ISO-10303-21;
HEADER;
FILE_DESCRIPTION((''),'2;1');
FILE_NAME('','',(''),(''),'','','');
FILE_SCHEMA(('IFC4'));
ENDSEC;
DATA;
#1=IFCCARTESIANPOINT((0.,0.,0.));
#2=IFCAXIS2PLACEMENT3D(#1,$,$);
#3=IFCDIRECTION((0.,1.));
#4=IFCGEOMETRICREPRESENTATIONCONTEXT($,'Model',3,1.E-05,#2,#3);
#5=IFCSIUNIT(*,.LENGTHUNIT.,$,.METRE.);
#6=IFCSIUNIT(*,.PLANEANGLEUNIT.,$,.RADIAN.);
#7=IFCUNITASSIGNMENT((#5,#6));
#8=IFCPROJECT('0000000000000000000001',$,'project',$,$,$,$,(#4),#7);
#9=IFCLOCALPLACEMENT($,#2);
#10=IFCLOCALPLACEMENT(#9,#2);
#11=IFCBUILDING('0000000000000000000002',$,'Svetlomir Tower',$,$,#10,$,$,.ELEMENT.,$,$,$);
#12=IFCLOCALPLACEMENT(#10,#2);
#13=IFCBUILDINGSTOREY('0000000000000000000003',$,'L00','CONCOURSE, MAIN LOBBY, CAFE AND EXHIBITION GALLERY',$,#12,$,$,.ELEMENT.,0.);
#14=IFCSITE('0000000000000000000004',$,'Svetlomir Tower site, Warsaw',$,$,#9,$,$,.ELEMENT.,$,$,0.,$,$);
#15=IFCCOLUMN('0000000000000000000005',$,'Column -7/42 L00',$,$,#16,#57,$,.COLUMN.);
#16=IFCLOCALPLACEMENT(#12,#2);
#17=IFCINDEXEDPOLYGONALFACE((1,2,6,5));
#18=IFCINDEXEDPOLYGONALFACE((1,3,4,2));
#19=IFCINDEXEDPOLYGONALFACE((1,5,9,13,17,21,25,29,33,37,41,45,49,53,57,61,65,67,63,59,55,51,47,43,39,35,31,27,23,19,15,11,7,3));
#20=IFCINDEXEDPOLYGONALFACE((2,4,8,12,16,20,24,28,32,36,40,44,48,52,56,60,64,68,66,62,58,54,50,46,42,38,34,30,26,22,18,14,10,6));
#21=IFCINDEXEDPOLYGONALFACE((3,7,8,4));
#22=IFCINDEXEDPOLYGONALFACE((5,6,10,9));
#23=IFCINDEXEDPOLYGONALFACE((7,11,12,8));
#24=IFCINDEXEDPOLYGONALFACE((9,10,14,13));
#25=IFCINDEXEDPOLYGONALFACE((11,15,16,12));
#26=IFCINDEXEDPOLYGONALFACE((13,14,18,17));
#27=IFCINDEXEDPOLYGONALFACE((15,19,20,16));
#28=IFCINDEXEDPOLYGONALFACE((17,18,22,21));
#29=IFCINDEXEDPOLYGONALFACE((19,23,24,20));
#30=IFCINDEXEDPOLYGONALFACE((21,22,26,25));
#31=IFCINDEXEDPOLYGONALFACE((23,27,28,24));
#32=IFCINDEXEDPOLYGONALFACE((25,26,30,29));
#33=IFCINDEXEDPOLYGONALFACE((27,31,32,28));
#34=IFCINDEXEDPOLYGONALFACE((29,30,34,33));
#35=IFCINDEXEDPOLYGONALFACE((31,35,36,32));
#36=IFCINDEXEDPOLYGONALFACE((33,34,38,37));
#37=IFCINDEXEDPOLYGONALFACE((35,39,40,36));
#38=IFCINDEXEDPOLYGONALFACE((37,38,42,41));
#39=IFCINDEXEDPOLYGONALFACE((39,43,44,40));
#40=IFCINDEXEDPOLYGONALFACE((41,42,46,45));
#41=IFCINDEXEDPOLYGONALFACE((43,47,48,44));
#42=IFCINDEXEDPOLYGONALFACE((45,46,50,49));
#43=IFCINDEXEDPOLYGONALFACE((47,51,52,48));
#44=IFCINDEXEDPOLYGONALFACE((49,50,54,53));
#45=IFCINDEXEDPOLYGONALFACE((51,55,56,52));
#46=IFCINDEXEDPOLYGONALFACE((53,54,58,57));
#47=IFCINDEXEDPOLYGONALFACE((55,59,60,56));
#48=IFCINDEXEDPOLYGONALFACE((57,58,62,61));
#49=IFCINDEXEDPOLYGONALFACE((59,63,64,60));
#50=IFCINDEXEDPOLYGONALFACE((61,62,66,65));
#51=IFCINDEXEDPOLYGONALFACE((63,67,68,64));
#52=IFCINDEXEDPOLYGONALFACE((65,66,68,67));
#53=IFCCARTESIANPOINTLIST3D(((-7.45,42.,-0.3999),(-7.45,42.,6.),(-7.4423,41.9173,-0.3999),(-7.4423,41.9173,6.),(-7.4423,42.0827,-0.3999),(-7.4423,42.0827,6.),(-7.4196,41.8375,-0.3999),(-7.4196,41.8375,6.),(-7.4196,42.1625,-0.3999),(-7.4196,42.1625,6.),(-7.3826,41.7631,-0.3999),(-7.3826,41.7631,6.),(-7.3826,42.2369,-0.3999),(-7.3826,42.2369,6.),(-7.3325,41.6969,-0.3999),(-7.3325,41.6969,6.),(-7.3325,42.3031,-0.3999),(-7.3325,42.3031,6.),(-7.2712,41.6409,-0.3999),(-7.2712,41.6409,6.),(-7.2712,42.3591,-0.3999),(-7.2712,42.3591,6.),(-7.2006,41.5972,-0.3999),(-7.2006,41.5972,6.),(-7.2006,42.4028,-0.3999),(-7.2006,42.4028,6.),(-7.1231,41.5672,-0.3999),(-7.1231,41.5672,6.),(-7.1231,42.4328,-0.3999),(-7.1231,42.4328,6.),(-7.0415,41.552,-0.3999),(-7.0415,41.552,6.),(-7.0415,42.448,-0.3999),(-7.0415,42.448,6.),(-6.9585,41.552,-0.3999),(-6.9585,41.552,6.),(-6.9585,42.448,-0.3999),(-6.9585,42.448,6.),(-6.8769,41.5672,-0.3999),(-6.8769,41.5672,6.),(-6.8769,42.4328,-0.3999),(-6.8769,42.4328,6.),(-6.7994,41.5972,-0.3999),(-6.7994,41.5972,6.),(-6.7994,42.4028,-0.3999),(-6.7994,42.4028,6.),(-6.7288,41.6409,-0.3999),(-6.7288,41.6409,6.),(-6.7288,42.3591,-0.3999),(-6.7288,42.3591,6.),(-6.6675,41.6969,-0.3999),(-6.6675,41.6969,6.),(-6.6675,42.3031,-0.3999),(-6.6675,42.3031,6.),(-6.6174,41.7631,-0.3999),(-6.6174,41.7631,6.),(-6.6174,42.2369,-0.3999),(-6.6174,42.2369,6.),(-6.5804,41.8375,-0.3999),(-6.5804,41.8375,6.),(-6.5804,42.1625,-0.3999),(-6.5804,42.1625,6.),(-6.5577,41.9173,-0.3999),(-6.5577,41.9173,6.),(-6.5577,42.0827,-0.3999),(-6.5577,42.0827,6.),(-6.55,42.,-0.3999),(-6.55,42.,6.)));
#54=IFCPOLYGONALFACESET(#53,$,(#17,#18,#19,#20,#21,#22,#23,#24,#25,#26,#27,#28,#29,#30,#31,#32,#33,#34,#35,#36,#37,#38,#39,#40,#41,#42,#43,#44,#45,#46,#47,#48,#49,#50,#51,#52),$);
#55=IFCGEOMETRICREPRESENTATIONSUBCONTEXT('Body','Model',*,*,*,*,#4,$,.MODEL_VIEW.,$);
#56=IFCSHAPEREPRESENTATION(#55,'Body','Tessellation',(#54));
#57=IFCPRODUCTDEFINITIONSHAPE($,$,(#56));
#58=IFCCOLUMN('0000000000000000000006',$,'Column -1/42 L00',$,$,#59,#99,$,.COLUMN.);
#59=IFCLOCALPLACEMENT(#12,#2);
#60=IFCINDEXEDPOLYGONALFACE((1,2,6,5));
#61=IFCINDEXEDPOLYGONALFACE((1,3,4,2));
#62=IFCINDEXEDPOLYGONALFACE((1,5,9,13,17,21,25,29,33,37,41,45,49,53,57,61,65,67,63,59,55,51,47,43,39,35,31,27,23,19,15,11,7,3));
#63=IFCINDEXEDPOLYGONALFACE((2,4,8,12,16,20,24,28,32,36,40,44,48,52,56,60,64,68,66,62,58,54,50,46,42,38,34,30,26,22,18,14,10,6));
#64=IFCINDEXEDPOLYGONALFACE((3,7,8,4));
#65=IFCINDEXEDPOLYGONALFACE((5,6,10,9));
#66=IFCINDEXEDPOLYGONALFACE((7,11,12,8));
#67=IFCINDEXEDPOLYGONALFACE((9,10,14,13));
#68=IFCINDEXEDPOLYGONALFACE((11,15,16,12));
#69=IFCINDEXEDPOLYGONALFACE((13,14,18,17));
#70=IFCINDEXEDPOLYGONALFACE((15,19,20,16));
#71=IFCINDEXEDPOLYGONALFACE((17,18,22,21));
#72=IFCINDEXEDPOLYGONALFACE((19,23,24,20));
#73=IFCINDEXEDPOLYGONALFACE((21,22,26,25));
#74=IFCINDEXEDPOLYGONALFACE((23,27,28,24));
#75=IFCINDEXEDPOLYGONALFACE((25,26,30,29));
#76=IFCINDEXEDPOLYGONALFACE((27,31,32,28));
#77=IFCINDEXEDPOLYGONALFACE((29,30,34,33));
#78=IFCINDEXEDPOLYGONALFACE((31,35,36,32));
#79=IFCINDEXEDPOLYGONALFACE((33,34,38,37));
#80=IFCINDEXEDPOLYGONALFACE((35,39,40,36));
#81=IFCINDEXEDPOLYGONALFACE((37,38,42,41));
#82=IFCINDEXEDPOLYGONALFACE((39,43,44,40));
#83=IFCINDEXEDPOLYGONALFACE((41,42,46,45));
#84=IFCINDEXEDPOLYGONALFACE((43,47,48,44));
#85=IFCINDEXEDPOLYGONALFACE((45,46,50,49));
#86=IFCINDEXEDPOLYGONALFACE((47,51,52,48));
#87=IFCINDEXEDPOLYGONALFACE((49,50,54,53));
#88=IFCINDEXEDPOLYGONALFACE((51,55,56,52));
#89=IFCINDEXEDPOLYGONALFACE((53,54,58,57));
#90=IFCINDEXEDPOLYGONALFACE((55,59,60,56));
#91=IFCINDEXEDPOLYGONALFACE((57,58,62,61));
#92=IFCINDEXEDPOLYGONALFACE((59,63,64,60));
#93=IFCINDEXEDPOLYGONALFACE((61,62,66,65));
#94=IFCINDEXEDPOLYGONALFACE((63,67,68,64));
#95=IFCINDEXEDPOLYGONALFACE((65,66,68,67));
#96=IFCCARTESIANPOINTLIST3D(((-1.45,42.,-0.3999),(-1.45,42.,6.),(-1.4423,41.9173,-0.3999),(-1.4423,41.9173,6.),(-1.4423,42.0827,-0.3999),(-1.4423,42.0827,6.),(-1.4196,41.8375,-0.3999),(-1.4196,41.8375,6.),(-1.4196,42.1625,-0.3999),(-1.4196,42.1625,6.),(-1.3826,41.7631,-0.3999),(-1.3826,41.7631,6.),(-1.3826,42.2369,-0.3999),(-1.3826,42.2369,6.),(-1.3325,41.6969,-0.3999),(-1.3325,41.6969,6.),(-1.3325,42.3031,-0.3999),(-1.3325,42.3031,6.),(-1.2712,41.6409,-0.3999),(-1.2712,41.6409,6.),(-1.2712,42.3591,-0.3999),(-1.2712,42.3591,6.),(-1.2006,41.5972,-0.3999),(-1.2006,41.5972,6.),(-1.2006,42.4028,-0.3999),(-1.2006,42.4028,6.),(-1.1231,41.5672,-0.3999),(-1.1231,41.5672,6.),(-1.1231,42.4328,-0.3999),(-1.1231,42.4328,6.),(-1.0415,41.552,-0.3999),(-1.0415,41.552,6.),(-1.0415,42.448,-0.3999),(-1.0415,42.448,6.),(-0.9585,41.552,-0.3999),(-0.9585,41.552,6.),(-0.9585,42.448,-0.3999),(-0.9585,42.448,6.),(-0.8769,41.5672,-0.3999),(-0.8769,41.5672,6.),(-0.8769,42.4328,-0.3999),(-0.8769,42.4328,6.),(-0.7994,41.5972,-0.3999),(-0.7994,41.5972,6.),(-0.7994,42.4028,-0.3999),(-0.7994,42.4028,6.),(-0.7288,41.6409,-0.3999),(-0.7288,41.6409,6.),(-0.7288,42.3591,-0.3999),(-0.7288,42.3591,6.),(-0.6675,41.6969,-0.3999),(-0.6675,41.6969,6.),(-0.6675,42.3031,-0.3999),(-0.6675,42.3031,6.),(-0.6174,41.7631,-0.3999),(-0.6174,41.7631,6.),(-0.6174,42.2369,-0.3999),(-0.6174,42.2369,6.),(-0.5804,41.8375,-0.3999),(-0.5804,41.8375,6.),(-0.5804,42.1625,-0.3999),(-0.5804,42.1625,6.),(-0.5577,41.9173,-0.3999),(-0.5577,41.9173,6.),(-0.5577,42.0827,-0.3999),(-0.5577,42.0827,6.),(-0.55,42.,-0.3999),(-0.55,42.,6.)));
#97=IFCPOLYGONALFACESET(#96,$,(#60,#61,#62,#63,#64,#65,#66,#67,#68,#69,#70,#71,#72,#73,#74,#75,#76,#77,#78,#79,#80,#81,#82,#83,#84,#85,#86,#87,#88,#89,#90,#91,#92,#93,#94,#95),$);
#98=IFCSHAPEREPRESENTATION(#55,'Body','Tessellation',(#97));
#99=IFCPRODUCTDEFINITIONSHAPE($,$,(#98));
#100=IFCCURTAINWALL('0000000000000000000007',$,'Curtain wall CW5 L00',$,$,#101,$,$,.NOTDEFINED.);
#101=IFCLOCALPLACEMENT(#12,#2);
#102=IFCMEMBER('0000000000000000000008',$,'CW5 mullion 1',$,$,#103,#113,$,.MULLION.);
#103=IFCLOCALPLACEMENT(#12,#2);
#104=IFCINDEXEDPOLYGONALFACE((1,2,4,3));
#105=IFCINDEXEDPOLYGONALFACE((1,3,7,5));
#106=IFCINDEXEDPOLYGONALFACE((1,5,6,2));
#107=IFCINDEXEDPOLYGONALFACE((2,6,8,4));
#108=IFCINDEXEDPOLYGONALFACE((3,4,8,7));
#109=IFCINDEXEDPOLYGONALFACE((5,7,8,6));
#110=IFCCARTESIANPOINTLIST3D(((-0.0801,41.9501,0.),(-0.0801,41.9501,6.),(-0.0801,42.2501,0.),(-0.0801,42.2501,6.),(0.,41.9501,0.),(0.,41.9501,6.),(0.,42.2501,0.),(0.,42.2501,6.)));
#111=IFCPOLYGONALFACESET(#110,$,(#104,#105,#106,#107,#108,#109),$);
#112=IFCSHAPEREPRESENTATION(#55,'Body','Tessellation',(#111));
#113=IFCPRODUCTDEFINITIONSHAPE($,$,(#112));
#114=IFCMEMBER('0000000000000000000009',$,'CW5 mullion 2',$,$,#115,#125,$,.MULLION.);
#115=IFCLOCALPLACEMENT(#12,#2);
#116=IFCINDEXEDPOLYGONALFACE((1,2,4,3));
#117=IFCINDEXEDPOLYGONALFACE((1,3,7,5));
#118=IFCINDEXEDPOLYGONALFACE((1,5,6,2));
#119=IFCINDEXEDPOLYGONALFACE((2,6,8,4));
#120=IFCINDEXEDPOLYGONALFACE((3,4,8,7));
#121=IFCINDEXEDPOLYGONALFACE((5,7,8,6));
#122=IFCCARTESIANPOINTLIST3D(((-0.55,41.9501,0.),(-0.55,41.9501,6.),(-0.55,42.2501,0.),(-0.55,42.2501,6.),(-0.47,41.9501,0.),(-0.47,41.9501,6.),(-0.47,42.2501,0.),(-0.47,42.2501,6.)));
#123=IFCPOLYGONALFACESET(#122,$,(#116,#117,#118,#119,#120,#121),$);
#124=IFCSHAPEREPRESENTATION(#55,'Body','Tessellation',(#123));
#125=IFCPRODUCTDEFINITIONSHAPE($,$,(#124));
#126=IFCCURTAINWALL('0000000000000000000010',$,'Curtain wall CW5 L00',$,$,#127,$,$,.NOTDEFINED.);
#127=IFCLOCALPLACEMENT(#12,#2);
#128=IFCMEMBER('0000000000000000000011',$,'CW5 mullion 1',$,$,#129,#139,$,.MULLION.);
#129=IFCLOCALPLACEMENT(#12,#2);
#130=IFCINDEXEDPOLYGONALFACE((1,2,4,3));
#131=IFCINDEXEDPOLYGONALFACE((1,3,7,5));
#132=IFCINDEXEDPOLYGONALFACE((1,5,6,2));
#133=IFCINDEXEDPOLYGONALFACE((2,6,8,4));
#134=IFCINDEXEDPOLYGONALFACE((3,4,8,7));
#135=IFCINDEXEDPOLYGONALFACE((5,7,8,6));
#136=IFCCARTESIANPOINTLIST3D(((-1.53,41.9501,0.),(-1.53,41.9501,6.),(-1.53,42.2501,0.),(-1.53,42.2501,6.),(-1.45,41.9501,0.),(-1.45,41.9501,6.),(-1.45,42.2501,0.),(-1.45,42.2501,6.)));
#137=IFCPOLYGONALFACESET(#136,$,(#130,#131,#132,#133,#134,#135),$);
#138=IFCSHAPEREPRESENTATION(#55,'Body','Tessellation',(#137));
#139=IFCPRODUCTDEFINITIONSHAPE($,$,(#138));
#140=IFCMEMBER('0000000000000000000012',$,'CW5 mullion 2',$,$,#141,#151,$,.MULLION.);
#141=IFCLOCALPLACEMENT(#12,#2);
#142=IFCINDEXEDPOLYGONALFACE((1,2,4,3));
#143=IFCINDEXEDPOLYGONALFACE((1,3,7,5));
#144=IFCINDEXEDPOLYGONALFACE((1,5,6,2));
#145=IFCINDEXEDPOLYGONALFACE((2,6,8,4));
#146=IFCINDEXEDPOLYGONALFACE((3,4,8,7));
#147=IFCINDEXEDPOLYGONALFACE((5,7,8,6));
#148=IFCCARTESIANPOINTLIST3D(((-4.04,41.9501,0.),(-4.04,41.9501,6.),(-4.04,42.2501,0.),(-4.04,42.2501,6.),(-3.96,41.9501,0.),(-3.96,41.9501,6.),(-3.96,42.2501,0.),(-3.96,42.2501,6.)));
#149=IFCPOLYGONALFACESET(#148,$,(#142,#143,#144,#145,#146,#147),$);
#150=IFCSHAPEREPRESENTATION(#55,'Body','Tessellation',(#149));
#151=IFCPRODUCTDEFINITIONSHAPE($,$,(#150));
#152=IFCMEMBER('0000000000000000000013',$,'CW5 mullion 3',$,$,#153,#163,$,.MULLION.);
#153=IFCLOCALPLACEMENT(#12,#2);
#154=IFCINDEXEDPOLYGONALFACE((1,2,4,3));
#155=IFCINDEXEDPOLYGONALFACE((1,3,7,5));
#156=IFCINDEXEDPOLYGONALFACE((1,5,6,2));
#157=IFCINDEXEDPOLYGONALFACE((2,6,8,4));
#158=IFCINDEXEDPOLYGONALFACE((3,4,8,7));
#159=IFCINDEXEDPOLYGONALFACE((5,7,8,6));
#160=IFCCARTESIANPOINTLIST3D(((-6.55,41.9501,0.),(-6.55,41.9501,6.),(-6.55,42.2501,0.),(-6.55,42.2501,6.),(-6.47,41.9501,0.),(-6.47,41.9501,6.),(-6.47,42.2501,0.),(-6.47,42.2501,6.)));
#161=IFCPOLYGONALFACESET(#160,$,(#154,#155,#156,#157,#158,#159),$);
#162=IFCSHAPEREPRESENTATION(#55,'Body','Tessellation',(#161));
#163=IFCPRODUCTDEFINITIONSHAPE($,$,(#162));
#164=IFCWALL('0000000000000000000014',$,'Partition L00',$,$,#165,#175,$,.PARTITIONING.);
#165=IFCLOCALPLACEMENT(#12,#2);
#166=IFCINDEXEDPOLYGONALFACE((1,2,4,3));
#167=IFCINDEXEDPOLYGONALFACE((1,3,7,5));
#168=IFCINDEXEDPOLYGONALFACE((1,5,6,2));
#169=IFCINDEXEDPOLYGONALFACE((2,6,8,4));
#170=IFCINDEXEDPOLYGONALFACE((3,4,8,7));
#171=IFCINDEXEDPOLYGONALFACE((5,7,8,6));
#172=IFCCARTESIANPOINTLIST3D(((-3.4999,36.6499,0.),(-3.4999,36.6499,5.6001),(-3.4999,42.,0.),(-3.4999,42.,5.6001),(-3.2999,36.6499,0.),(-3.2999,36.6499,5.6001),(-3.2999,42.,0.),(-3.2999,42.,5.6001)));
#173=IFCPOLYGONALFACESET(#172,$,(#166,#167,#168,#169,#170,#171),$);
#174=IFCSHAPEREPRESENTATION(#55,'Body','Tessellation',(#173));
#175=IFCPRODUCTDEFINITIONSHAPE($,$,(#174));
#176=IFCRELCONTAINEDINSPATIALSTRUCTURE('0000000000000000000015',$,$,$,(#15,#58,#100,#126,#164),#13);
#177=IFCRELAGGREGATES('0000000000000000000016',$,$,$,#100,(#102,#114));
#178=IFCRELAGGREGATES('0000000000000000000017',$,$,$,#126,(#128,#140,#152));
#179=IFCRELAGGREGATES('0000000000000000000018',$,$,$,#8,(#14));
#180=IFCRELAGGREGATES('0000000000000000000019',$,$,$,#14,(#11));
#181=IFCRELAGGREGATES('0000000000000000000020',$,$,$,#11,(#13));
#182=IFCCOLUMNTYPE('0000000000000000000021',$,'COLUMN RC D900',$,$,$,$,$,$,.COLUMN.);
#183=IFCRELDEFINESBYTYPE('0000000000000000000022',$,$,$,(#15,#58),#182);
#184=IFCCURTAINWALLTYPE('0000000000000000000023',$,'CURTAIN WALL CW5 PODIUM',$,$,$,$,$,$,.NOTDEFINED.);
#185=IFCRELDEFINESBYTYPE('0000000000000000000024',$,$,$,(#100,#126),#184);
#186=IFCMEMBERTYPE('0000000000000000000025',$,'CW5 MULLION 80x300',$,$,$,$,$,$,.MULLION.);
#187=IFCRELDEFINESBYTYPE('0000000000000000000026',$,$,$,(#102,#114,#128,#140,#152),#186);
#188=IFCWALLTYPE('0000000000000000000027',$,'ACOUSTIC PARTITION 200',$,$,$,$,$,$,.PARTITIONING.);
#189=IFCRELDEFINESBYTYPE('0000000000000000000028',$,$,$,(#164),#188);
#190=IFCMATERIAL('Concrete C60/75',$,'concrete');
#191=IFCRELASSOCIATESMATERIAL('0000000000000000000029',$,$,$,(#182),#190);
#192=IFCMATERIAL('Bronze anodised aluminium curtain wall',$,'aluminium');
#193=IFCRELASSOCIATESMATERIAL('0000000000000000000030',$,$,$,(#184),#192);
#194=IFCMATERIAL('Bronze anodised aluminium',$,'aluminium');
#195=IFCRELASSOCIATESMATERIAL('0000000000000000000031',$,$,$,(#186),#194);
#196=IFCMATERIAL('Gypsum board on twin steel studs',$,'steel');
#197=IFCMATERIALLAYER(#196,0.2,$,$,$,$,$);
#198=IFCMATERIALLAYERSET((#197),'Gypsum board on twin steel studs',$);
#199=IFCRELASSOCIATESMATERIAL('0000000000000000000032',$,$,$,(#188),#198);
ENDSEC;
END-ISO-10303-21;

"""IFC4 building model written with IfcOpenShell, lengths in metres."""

from ifc_helpers import new_model, si_unit, direction, frame, frame_2d, origin, origin_2d, place, context, subcontext, project, spatial, rectangle, circle, extrude, material, layer, layer_set, material_profile, profile_set, type_object, element, aggregate, save


model = new_model("IFC4")

# Units and contexts
model_context = context("Model", 3, precision=1e-05, world=origin(), true_north=direction((0.0, 1.0)))
body_context = subcontext(model_context, "Body", "Model", "MODEL_VIEW")
ifc_project = project(units=[si_unit("LENGTHUNIT", "METRE"), si_unit("PLANEANGLEUNIT", "RADIAN")], contexts=[model_context])

# Site, building, storey
site_placement = place(None, origin())
site = spatial("IfcSite", under=ifc_project, at=site_placement, Name="Svetlomir Tower site, Warsaw", CompositionType="ELEMENT", RefElevation=0.0)
building_placement = place(site_placement, origin())
building = spatial("IfcBuilding", under=site, at=building_placement, Name="Svetlomir Tower", CompositionType="ELEMENT")
storey_placement = place(building_placement, origin())
storey = spatial("IfcBuildingStorey", under=building, at=storey_placement, Name="L00", Description="CONCOURSE, MAIN LOBBY, CAFE AND EXHIBITION GALLERY", CompositionType="ELEMENT", Elevation=0.0)

# Columns
ifc_material_1 = material(Name="Concrete C60/75", Category="concrete")
ifc_material_profile_1 = material_profile(ifc_material_1, circle(Radius=0.45, at=origin_2d()), Name="RC D900")
ifc_profile_set_1 = profile_set([ifc_material_profile_1], Name="Concrete C60/75")
column_type_1 = type_object("IfcColumnType", Name="COLUMN RC D900", PredefinedType="COLUMN", material=ifc_profile_set_1)
for number, where, z_axis, x_axis, name in (
    (1, (-7.0, 42.0, -0.3999), (0.0, 0.0, 1.0), (1.0, 0.0, 0.0), "Column -7/42 L00"),
    (2, (-1.0, 42.0, -0.3999), (0.0, 0.0, 1.0), (1.0, 0.0, 0.0), "Column -1/42 L00"),
):
    element("IfcColumn", number, at=place(storey_placement, frame(where, z_axis=z_axis, x_axis=x_axis)), inside=storey, type_object=column_type_1, Name=name, PredefinedType="COLUMN", context=body_context, shape_type="SweptSolid", body=[
        extrude(circle(Radius=0.45, at=origin_2d()), origin(), (0.0, 0.0, 1.0), 6.3999),
    ])

# Curtain walls, members
ifc_material_2 = material(Name="Bronze anodised aluminium curtain wall", Category="aluminium")
curtain_wall_type = type_object("IfcCurtainWallType", Name="CURTAIN WALL CW5 PODIUM", PredefinedType="NOTDEFINED", material=ifc_material_2)
curtain_wall_1_placement = place(storey_placement, origin())
curtain_wall_1 = element("IfcCurtainWall", 3, at=curtain_wall_1_placement, inside=storey, type_object=curtain_wall_type, Name="Curtain wall CW5 L00", PredefinedType="NOTDEFINED")
ifc_material_3 = material(Name="Bronze anodised aluminium", Category="aluminium")
ifc_material_profile_2 = material_profile(ifc_material_3, rectangle(XDim=0.0801, YDim=0.3, at=origin_2d()), Name="AL 80x300")
ifc_profile_set_2 = profile_set([ifc_material_profile_2], Name="Bronze anodised aluminium 6063-T6")
member_type = type_object("IfcMemberType", Name="CW5 MULLION 80x300", PredefinedType="MULLION", material=ifc_profile_set_2)
member_1_placement = place(storey_placement, frame((-0.04, 42.1001, 0.0), z_axis=(0.0, 0.0, 1.0), x_axis=(-1.0, 0.0, 0.0)))
member_1 = element("IfcMember", 4, at=member_1_placement, type_object=member_type, Name="CW5 mullion 1", PredefinedType="MULLION", context=body_context, shape_type="SweptSolid", body=[
    extrude(rectangle(XDim=0.0801, YDim=0.3, at=origin_2d()), origin(), (0.0, 0.0, 1.0), 6.0),
])
member_2_placement = place(storey_placement, frame((-0.51, 42.1001, 0.0), z_axis=(0.0, 0.0, 1.0), x_axis=(-1.0, 0.0, 0.0)))
member_2 = element("IfcMember", 5, at=member_2_placement, type_object=member_type, Name="CW5 mullion 2", PredefinedType="MULLION", context=body_context, shape_type="SweptSolid", body=[
    extrude(rectangle(XDim=0.0801, YDim=0.3, at=origin_2d()), origin(), (0.0, 0.0, 1.0), 6.0),
])
aggregate(curtain_wall_1, [member_1, member_2])
curtain_wall_2_placement = place(storey_placement, origin())
curtain_wall_2 = element("IfcCurtainWall", 6, at=curtain_wall_2_placement, inside=storey, type_object=curtain_wall_type, Name="Curtain wall CW5 L00", PredefinedType="NOTDEFINED")
member_3_placement = place(storey_placement, frame((-1.49, 42.1001, 0.0), z_axis=(0.0, 0.0, 1.0), x_axis=(-1.0, 0.0, 0.0)))
member_3 = element("IfcMember", 7, at=member_3_placement, type_object=member_type, Name="CW5 mullion 1", PredefinedType="MULLION", context=body_context, shape_type="SweptSolid", body=[
    extrude(rectangle(XDim=0.0801, YDim=0.3, at=origin_2d()), origin(), (0.0, 0.0, 1.0), 6.0),
])
member_4_placement = place(storey_placement, frame((-4.0, 42.1001, 0.0), z_axis=(0.0, 0.0, 1.0), x_axis=(-1.0, 0.0, 0.0)))
member_4 = element("IfcMember", 8, at=member_4_placement, type_object=member_type, Name="CW5 mullion 2", PredefinedType="MULLION", context=body_context, shape_type="SweptSolid", body=[
    extrude(rectangle(XDim=0.0801, YDim=0.3, at=origin_2d()), origin(), (0.0, 0.0, 1.0), 6.0),
])
member_5_placement = place(storey_placement, frame((-6.51, 42.1001, 0.0), z_axis=(0.0, 0.0, 1.0), x_axis=(-1.0, 0.0, 0.0)))
member_5 = element("IfcMember", 9, at=member_5_placement, type_object=member_type, Name="CW5 mullion 3", PredefinedType="MULLION", context=body_context, shape_type="SweptSolid", body=[
    extrude(rectangle(XDim=0.0801, YDim=0.3, at=origin_2d()), origin(), (0.0, 0.0, 1.0), 6.0),
])
aggregate(curtain_wall_2, [member_3, member_4, member_5])

# Wall
ifc_material_4 = material(Name="Gypsum board on twin steel studs", Category="steel")
ifc_layer_1 = layer(ifc_material_4, 0.2)
ifc_layer_set_1 = layer_set([ifc_layer_1], Name="Gypsum board on twin steel studs")
wall_type_1 = type_object("IfcWallType", Name="ACOUSTIC PARTITION 200", PredefinedType="PARTITIONING", material=ifc_layer_set_1)
wall_1_placement = place(storey_placement, frame((-3.3999, 36.6499, 0.0), z_axis=(0.0, 0.0, 1.0), x_axis=(0.0, 1.0, 0.0)))
element("IfcWall", 10, at=wall_1_placement, inside=storey, type_object=wall_type_1, Name="Partition L00", PredefinedType="PARTITIONING", context=body_context, shape_type="SweptSolid", body=[
    extrude(rectangle(XDim=5.3501, YDim=0.2, at=frame_2d((2.675, 0.0))), origin(), (0.0, 0.0, 1.0), 5.6001),
])

save(model, "model.ifc")
